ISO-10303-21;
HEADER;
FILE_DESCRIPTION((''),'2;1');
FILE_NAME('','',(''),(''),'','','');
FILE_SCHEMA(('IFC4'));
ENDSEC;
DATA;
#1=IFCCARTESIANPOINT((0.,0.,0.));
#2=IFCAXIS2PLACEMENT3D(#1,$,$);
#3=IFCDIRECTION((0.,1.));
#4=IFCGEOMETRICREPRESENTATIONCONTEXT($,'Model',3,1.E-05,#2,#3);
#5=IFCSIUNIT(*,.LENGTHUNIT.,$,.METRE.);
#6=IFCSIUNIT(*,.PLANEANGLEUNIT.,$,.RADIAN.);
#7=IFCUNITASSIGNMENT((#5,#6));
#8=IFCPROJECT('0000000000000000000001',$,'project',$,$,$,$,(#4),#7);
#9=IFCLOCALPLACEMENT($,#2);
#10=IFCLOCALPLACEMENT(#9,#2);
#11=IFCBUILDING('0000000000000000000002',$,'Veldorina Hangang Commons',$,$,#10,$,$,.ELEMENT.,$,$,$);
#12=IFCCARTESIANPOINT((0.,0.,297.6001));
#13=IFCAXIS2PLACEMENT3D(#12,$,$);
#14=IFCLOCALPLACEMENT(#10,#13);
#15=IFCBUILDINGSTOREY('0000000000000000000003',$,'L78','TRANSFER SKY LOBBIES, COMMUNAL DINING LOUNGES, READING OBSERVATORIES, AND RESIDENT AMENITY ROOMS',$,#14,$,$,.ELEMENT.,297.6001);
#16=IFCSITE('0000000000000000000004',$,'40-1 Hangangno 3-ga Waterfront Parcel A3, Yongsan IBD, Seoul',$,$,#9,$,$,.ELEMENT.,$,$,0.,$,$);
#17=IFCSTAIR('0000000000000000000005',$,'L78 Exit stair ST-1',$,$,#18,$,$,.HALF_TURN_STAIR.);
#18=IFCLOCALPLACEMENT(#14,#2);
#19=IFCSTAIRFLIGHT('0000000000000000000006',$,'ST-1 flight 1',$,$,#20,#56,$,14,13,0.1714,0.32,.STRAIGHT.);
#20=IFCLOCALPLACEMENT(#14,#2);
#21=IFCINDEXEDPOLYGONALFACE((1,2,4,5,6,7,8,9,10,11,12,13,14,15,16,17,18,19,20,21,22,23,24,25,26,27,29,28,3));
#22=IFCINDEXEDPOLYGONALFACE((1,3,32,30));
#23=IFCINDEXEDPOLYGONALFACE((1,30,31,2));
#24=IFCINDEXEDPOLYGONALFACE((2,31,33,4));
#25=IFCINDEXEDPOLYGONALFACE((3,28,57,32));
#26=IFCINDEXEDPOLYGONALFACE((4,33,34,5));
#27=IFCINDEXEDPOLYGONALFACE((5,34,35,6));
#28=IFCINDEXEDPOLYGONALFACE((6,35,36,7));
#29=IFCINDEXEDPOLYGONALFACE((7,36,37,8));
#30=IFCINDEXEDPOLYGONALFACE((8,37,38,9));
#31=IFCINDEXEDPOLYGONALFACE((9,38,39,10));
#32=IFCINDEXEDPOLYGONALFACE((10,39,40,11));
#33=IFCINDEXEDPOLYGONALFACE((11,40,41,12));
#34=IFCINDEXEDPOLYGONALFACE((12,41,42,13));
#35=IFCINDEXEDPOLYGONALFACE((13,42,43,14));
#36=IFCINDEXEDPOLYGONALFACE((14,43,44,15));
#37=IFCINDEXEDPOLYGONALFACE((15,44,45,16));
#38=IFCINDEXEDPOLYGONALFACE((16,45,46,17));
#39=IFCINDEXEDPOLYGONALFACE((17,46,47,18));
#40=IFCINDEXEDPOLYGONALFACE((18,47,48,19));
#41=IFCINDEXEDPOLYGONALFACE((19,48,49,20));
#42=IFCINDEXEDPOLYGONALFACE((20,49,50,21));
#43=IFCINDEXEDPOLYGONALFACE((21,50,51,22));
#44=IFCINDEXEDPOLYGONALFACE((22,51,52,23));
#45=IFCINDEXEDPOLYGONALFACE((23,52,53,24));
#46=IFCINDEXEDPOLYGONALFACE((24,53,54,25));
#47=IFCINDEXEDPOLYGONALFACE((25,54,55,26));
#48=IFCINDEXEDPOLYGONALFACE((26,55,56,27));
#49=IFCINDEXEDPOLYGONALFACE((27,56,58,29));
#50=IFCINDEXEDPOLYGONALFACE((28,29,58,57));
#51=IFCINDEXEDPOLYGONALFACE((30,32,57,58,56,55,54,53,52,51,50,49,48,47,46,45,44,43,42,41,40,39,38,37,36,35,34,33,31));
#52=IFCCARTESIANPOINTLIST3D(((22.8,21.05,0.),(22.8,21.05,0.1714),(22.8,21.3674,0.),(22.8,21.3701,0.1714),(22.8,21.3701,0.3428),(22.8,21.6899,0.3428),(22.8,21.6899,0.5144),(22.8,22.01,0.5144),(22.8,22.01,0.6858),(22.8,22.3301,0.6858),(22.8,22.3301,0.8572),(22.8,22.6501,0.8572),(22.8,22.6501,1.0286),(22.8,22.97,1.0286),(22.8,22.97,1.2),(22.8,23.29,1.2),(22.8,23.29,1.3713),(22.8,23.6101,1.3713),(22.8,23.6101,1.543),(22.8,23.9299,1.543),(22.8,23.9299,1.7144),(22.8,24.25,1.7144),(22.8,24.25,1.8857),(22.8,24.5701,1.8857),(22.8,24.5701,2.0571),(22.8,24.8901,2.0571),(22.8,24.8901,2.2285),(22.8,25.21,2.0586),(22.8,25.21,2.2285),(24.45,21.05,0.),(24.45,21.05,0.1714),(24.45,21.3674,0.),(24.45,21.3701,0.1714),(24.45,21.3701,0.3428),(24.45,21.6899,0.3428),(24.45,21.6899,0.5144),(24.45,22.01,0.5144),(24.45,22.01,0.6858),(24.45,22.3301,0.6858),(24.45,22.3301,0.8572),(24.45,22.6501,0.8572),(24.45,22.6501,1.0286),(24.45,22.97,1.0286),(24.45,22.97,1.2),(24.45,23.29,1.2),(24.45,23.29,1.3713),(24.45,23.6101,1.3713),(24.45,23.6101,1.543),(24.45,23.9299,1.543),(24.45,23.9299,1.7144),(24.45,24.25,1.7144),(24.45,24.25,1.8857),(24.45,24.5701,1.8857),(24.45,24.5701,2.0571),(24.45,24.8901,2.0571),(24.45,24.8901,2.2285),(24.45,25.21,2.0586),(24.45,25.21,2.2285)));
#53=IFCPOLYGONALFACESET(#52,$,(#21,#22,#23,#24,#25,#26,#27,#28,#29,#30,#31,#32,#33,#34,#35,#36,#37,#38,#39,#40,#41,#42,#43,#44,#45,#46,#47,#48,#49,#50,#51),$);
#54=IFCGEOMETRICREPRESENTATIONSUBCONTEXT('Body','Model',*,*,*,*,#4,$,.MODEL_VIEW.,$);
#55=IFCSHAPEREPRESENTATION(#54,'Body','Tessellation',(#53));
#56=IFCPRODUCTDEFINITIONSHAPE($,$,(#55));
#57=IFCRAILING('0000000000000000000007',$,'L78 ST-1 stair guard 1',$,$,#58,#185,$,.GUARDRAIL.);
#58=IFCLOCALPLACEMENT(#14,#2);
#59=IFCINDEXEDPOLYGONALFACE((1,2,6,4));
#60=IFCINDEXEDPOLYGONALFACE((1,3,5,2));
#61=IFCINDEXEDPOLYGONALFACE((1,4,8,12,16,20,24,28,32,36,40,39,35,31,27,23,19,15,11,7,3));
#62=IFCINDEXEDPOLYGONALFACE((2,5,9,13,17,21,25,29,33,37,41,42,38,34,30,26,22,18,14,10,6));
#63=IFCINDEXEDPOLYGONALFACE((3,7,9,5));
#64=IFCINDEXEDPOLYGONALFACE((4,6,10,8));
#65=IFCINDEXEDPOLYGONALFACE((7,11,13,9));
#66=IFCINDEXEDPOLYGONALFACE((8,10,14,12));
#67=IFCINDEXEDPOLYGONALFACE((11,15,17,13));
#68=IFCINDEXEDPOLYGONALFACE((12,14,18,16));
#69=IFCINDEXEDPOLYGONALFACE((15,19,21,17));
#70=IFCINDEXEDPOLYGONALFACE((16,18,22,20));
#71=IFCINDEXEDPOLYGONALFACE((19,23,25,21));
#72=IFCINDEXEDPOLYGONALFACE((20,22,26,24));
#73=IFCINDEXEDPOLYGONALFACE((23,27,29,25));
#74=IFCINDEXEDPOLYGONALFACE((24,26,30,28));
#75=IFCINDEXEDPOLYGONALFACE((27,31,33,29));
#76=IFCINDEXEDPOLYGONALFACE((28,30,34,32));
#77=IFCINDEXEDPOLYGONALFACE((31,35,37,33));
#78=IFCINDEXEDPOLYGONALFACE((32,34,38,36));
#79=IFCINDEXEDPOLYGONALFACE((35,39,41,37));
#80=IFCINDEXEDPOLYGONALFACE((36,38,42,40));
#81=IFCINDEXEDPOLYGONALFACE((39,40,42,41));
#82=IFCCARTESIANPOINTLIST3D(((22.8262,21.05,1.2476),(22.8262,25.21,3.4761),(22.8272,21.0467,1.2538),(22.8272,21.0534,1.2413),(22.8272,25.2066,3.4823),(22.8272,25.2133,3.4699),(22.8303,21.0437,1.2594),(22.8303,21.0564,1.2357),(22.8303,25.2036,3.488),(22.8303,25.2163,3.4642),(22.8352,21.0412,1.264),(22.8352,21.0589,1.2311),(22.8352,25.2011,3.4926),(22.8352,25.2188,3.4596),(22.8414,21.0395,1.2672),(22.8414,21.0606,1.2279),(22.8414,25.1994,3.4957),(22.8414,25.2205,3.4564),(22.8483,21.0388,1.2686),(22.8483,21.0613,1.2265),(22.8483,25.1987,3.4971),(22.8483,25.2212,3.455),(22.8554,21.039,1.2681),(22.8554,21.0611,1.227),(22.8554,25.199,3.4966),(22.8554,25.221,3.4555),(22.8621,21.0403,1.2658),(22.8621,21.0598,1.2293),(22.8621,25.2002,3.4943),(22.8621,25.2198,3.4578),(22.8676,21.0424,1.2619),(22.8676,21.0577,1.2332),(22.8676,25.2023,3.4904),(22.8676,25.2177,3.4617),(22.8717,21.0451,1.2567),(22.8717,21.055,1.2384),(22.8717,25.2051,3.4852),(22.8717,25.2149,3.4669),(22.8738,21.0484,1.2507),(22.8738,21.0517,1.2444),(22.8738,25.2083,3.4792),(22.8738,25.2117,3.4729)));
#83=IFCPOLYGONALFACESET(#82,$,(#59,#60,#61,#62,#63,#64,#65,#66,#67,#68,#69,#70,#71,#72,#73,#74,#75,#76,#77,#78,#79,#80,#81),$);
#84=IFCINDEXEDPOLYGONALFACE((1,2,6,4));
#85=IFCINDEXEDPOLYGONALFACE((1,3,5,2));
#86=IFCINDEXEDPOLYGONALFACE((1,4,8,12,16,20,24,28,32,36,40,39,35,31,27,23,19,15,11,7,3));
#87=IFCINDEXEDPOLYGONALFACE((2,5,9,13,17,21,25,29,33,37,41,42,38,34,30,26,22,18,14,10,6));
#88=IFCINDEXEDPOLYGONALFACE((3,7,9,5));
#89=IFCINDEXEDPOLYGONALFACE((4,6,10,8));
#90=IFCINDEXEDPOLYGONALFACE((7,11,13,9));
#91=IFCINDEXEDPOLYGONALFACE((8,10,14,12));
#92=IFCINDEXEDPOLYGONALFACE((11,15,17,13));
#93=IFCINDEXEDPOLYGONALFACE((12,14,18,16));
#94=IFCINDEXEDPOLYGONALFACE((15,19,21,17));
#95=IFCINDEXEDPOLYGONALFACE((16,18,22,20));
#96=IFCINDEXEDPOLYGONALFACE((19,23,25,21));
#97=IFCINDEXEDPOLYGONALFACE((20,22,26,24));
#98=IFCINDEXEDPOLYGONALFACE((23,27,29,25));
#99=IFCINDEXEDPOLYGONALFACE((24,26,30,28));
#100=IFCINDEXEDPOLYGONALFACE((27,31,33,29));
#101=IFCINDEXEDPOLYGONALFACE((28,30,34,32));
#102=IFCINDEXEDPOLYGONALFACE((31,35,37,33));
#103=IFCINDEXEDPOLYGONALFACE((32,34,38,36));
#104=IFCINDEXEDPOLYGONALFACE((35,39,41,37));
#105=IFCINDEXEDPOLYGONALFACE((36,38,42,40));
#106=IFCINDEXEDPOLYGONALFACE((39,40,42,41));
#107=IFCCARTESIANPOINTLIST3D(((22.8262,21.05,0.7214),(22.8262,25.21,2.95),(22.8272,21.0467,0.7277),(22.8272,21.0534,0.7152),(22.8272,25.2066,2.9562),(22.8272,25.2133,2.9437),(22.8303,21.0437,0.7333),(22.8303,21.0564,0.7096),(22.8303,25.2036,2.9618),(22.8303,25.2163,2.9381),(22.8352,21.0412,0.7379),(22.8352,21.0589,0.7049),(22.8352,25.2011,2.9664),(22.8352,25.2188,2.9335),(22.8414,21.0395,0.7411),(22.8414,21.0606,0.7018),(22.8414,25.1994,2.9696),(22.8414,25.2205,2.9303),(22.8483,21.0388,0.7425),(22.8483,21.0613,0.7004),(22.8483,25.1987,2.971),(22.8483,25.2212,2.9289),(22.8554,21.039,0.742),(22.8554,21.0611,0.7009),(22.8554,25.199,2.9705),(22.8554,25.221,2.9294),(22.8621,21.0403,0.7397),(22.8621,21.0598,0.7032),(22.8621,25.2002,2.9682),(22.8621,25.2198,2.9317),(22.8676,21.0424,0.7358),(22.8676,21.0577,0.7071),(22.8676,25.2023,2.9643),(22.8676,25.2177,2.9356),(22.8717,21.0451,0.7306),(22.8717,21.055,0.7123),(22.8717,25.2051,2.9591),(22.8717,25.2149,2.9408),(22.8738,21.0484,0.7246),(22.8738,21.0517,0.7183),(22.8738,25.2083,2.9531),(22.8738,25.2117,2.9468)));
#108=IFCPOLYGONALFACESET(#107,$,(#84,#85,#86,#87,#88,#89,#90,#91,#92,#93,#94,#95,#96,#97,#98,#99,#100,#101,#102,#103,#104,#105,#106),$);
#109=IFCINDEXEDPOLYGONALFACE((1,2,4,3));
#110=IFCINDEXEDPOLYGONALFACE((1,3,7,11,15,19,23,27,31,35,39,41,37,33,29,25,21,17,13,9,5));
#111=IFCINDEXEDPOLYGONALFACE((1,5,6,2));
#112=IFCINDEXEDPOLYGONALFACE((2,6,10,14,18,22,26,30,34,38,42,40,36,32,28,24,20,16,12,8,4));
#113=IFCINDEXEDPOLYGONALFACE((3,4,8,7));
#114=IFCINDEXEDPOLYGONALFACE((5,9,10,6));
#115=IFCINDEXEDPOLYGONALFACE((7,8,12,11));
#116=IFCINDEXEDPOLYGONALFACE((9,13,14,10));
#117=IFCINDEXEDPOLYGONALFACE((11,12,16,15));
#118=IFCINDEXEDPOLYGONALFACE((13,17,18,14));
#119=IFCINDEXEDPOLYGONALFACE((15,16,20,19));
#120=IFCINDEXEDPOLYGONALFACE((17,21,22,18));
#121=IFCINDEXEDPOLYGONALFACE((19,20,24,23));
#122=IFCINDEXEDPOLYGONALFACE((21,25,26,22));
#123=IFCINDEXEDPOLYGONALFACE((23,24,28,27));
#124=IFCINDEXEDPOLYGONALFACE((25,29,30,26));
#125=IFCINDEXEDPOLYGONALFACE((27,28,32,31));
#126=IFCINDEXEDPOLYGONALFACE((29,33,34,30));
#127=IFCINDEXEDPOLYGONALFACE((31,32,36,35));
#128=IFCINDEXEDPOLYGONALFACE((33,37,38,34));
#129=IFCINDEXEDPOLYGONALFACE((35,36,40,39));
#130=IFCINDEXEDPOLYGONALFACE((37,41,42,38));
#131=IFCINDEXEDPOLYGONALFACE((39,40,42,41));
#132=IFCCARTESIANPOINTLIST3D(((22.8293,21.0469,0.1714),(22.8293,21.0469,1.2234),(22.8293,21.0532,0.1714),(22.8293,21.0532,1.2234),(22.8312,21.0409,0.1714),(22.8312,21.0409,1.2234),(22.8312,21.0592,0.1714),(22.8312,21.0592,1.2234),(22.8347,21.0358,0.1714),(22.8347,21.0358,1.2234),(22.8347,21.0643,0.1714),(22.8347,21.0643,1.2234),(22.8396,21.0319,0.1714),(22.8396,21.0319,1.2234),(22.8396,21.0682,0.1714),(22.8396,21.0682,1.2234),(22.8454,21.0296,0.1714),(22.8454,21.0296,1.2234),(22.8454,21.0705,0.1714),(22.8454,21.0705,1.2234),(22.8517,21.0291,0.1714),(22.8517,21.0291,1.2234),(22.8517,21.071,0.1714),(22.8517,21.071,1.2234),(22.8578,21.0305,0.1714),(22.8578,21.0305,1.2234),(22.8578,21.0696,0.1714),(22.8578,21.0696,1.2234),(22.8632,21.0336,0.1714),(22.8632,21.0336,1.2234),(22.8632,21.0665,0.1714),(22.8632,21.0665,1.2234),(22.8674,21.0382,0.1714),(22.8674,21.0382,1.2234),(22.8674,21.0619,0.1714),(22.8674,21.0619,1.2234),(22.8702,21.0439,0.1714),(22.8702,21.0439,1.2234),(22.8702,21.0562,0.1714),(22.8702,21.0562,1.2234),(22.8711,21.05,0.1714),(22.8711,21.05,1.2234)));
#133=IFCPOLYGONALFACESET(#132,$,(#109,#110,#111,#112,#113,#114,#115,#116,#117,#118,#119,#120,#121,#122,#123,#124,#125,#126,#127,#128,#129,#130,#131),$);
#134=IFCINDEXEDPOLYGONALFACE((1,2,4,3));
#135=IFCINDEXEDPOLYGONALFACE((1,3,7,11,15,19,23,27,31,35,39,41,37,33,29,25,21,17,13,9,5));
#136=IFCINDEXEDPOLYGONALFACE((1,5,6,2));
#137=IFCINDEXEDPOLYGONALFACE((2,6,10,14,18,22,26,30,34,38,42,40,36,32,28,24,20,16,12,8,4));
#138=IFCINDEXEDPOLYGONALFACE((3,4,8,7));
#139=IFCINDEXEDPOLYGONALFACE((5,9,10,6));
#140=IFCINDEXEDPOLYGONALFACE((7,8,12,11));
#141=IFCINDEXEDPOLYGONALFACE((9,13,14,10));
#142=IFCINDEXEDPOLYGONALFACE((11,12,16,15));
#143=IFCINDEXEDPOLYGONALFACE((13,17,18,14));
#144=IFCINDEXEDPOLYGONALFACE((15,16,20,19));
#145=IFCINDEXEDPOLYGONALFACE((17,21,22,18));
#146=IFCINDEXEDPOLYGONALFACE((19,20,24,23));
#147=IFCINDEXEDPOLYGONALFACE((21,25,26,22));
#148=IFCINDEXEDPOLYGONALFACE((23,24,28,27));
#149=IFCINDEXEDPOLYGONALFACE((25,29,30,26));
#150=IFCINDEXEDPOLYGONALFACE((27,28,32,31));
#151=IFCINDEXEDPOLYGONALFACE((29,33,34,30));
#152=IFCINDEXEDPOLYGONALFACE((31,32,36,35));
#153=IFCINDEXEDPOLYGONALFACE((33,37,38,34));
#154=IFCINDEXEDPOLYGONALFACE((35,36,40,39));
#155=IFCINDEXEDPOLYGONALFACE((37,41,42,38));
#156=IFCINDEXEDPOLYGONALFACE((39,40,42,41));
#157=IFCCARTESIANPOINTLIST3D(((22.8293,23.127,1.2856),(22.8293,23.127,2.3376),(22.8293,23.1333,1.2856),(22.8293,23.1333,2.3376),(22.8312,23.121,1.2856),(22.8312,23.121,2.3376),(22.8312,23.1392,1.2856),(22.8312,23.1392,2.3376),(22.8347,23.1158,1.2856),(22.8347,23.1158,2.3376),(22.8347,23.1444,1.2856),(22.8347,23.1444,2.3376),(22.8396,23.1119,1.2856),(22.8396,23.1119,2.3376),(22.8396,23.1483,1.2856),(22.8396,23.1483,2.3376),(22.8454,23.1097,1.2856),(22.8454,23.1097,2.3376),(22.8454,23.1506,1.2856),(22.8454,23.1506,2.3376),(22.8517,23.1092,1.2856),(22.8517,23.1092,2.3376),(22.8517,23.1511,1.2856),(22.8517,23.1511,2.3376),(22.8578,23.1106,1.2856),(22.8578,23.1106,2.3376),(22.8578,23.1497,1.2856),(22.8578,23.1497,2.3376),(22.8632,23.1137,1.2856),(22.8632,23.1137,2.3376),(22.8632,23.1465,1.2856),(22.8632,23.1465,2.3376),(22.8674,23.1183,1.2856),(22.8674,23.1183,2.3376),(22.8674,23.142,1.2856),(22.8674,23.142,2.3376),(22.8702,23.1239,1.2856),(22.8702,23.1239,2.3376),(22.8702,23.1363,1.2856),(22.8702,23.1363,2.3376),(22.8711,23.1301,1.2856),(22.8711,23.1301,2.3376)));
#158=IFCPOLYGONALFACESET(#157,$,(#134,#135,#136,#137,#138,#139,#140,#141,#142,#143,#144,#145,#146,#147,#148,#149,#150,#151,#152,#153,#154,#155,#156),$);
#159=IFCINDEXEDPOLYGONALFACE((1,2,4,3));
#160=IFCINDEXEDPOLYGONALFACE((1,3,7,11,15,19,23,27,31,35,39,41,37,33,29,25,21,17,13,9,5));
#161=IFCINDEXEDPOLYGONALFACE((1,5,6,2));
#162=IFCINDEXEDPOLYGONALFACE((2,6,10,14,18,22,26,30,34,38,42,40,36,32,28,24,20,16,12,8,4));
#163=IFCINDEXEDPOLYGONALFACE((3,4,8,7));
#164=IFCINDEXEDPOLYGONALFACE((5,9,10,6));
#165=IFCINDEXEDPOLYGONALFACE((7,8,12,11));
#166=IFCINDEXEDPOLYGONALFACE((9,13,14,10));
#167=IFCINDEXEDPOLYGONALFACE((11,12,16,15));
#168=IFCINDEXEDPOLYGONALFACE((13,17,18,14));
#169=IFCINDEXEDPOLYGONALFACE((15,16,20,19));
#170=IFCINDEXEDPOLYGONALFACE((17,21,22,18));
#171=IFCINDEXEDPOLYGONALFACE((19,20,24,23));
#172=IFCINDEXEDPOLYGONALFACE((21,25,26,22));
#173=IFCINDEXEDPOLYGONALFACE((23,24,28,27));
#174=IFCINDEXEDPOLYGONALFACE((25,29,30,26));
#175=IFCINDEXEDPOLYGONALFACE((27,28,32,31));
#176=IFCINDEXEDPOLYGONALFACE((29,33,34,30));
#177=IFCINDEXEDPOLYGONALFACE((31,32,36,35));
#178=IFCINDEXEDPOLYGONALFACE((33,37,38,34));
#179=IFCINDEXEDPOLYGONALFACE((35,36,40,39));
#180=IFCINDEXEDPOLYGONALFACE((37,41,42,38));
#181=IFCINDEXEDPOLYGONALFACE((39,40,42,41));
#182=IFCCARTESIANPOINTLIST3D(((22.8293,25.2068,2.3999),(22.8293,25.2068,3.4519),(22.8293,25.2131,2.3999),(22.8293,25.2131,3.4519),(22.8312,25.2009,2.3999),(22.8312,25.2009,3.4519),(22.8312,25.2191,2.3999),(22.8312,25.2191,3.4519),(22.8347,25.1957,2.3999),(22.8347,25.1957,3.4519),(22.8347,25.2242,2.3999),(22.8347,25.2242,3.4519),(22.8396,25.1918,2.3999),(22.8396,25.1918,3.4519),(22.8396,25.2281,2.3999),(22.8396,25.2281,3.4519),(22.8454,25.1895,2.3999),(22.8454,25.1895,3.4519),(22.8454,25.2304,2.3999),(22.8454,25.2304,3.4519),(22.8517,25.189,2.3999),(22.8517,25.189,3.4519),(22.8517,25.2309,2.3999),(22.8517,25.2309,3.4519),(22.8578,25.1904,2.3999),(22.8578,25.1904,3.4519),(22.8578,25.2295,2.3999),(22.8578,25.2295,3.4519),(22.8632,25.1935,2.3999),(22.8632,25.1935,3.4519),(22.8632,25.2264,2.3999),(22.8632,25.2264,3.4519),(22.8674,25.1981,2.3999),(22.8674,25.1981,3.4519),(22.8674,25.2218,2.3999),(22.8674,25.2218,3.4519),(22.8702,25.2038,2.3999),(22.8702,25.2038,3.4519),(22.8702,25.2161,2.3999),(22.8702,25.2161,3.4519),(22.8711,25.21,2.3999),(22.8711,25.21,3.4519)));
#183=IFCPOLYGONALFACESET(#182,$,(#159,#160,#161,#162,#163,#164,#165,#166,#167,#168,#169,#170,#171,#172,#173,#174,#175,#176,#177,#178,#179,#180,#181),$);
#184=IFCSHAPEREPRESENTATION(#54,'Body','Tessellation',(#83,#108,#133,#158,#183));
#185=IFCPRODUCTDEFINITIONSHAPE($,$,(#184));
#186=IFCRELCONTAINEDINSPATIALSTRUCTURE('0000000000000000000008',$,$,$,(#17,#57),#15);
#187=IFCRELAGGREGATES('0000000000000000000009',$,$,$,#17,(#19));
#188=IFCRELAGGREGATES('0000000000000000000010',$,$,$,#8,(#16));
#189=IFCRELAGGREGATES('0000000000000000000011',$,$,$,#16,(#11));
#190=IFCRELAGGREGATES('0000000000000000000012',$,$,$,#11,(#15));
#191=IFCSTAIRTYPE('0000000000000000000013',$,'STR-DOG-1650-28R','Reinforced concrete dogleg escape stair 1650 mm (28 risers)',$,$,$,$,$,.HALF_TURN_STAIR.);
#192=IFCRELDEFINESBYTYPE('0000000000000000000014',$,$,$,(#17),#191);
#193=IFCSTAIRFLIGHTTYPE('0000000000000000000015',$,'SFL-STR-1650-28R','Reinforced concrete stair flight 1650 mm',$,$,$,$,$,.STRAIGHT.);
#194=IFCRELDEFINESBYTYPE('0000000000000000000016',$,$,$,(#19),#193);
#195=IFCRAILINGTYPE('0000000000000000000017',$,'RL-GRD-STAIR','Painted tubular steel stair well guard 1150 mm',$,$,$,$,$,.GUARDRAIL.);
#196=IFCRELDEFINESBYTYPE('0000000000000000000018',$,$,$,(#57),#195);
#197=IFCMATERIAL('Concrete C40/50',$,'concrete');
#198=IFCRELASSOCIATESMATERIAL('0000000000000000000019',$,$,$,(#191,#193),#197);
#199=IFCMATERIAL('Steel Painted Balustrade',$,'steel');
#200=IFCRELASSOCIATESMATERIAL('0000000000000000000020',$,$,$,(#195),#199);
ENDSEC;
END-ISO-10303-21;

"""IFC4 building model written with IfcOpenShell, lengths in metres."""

from ifc_helpers import new_model, si_unit, direction, frame, origin, origin_2d, place, context, subcontext, project, spatial, polyline, circle, outline, extrude, material, type_object, element, aggregate, save


model = new_model("IFC4")

# Units and contexts
model_context = context("Model", 3, precision=1e-05, world=origin(), true_north=direction((0.0, 1.0)))
body_context = subcontext(model_context, "Body", "Model", "MODEL_VIEW")
ifc_project = project(units=[si_unit("LENGTHUNIT", "METRE"), si_unit("PLANEANGLEUNIT", "RADIAN")], contexts=[model_context])

# Site, building, storey
site_placement = place(None, origin())
site = spatial("IfcSite", under=ifc_project, at=site_placement, Name="40-1 Hangangno 3-ga Waterfront Parcel A3, Yongsan IBD, Seoul", CompositionType="ELEMENT", RefElevation=0.0)
building_placement = place(site_placement, origin())
building = spatial("IfcBuilding", under=site, at=building_placement, Name="Veldorina Hangang Commons", CompositionType="ELEMENT")
storey_placement = place(building_placement, frame((0.0, 0.0, 297.6001)))
storey = spatial("IfcBuildingStorey", under=building, at=storey_placement, Name="L78", Description="TRANSFER SKY LOBBIES, COMMUNAL DINING LOUNGES, READING OBSERVATORIES, AND RESIDENT AMENITY ROOMS", CompositionType="ELEMENT", Elevation=297.6001)

# Stair, stair flight
ifc_material_1 = material(Name="Concrete C40/50", Category="concrete")
stair_type = type_object("IfcStairType", Name="STR-DOG-1650-28R", Description="Reinforced concrete dogleg escape stair 1650 mm (28 risers)", PredefinedType="HALF_TURN_STAIR", material=ifc_material_1)
stair_placement = place(storey_placement, origin())
stair = element("IfcStair", 1, at=stair_placement, inside=storey, type_object=stair_type, Name="L78 Exit stair ST-1", PredefinedType="HALF_TURN_STAIR")
stair_flight_type = type_object("IfcStairFlightType", Name="SFL-STR-1650-28R", Description="Reinforced concrete stair flight 1650 mm", PredefinedType="STRAIGHT", material=ifc_material_1)
stair_flight_placement = place(storey_placement, frame((23.625, 21.05, 0.0), z_axis=(0.0, 0.0, 1.0), x_axis=(0.0, 1.0, 0.0)))
stair_flight = element("IfcStairFlight", 2, at=stair_flight_placement, type_object=stair_flight_type, Name="ST-1 flight 1", NumberOfRisers=14, NumberOfTreads=13, PredefinedType="STRAIGHT", RiserHeight=0.1714, TreadLength=0.32, context=body_context, shape_type="SweptSolid", body=[
    extrude(outline(polyline([(0.0, 0.0), (0.0, 0.1714), (0.3201, 0.1714), (0.3201, 0.3428), (0.6399, 0.3428), (0.6399, 0.5144), (0.96, 0.5144), (0.96, 0.6858), (1.28, 0.6858), (1.28, 0.8572), (1.6001, 0.8572), (1.6001, 1.0286), (1.9199, 1.0286), (1.9199, 1.2), (2.24, 1.2), (2.24, 1.3713), (2.5601, 1.3713), (2.5601, 1.543), (2.8799, 1.543), (2.8799, 1.7144), (3.2, 1.7144), (3.2, 1.8857), (3.52, 1.8857), (3.52, 2.0571), (3.8401, 2.0571), (3.8401, 2.2285), (4.1599, 2.2285), (4.1599, 2.3999), (4.1599, 2.0586), (0.3174, 0.0), (0.0, 0.0)])), frame((0.0, 0.825, 0.0), z_axis=(0.0, -1.0, 0.0), x_axis=(1.0, 0.0, 0.0)), (0.0, 0.0, 1.0), 1.6499),
])
aggregate(stair, [stair_flight])

# Railing
ifc_material_2 = material(Name="Steel Painted Balustrade", Category="steel")
railing_type_1 = type_object("IfcRailingType", Name="RL-GRD-STAIR", Description="Painted tubular steel stair well guard 1150 mm", PredefinedType="GUARDRAIL", material=ifc_material_2)
railing_1_placement = place(storey_placement, frame((22.8501, 21.05, 0.1714)))
element("IfcRailing", 3, at=railing_1_placement, inside=storey, type_object=railing_type_1, Name="L78 ST-1 stair guard 1", PredefinedType="GUARDRAIL", context=body_context, shape_type="SweptSolid", body=[
    extrude(circle(Radius=0.0239, at=origin_2d()), frame((0.0, 0.0, 1.0762), z_axis=(0.0, 0.881481, 0.47222), x_axis=(-1.0, 0.0, 0.0)), (0.0, 0.0, 1.0), 4.7192),
    extrude(circle(Radius=0.0239, at=origin_2d()), frame((0.0, 0.0, 0.55), z_axis=(0.0, 0.881481, 0.47222), x_axis=(-1.0, 0.0, 0.0)), (0.0, 0.0, 1.0), 4.7192),
    extrude(circle(Radius=0.021, at=origin_2d()), origin(), (0.0, 0.0, 1.0), 1.052),
    extrude(circle(Radius=0.021, at=origin_2d()), frame((0.0, 2.0801, 1.1143)), (0.0, 0.0, 1.0), 1.052),
    extrude(circle(Radius=0.021, at=origin_2d()), frame((0.0, 4.1599, 2.2285)), (0.0, 0.0, 1.0), 1.052),
])

save(model, "model.ifc")
